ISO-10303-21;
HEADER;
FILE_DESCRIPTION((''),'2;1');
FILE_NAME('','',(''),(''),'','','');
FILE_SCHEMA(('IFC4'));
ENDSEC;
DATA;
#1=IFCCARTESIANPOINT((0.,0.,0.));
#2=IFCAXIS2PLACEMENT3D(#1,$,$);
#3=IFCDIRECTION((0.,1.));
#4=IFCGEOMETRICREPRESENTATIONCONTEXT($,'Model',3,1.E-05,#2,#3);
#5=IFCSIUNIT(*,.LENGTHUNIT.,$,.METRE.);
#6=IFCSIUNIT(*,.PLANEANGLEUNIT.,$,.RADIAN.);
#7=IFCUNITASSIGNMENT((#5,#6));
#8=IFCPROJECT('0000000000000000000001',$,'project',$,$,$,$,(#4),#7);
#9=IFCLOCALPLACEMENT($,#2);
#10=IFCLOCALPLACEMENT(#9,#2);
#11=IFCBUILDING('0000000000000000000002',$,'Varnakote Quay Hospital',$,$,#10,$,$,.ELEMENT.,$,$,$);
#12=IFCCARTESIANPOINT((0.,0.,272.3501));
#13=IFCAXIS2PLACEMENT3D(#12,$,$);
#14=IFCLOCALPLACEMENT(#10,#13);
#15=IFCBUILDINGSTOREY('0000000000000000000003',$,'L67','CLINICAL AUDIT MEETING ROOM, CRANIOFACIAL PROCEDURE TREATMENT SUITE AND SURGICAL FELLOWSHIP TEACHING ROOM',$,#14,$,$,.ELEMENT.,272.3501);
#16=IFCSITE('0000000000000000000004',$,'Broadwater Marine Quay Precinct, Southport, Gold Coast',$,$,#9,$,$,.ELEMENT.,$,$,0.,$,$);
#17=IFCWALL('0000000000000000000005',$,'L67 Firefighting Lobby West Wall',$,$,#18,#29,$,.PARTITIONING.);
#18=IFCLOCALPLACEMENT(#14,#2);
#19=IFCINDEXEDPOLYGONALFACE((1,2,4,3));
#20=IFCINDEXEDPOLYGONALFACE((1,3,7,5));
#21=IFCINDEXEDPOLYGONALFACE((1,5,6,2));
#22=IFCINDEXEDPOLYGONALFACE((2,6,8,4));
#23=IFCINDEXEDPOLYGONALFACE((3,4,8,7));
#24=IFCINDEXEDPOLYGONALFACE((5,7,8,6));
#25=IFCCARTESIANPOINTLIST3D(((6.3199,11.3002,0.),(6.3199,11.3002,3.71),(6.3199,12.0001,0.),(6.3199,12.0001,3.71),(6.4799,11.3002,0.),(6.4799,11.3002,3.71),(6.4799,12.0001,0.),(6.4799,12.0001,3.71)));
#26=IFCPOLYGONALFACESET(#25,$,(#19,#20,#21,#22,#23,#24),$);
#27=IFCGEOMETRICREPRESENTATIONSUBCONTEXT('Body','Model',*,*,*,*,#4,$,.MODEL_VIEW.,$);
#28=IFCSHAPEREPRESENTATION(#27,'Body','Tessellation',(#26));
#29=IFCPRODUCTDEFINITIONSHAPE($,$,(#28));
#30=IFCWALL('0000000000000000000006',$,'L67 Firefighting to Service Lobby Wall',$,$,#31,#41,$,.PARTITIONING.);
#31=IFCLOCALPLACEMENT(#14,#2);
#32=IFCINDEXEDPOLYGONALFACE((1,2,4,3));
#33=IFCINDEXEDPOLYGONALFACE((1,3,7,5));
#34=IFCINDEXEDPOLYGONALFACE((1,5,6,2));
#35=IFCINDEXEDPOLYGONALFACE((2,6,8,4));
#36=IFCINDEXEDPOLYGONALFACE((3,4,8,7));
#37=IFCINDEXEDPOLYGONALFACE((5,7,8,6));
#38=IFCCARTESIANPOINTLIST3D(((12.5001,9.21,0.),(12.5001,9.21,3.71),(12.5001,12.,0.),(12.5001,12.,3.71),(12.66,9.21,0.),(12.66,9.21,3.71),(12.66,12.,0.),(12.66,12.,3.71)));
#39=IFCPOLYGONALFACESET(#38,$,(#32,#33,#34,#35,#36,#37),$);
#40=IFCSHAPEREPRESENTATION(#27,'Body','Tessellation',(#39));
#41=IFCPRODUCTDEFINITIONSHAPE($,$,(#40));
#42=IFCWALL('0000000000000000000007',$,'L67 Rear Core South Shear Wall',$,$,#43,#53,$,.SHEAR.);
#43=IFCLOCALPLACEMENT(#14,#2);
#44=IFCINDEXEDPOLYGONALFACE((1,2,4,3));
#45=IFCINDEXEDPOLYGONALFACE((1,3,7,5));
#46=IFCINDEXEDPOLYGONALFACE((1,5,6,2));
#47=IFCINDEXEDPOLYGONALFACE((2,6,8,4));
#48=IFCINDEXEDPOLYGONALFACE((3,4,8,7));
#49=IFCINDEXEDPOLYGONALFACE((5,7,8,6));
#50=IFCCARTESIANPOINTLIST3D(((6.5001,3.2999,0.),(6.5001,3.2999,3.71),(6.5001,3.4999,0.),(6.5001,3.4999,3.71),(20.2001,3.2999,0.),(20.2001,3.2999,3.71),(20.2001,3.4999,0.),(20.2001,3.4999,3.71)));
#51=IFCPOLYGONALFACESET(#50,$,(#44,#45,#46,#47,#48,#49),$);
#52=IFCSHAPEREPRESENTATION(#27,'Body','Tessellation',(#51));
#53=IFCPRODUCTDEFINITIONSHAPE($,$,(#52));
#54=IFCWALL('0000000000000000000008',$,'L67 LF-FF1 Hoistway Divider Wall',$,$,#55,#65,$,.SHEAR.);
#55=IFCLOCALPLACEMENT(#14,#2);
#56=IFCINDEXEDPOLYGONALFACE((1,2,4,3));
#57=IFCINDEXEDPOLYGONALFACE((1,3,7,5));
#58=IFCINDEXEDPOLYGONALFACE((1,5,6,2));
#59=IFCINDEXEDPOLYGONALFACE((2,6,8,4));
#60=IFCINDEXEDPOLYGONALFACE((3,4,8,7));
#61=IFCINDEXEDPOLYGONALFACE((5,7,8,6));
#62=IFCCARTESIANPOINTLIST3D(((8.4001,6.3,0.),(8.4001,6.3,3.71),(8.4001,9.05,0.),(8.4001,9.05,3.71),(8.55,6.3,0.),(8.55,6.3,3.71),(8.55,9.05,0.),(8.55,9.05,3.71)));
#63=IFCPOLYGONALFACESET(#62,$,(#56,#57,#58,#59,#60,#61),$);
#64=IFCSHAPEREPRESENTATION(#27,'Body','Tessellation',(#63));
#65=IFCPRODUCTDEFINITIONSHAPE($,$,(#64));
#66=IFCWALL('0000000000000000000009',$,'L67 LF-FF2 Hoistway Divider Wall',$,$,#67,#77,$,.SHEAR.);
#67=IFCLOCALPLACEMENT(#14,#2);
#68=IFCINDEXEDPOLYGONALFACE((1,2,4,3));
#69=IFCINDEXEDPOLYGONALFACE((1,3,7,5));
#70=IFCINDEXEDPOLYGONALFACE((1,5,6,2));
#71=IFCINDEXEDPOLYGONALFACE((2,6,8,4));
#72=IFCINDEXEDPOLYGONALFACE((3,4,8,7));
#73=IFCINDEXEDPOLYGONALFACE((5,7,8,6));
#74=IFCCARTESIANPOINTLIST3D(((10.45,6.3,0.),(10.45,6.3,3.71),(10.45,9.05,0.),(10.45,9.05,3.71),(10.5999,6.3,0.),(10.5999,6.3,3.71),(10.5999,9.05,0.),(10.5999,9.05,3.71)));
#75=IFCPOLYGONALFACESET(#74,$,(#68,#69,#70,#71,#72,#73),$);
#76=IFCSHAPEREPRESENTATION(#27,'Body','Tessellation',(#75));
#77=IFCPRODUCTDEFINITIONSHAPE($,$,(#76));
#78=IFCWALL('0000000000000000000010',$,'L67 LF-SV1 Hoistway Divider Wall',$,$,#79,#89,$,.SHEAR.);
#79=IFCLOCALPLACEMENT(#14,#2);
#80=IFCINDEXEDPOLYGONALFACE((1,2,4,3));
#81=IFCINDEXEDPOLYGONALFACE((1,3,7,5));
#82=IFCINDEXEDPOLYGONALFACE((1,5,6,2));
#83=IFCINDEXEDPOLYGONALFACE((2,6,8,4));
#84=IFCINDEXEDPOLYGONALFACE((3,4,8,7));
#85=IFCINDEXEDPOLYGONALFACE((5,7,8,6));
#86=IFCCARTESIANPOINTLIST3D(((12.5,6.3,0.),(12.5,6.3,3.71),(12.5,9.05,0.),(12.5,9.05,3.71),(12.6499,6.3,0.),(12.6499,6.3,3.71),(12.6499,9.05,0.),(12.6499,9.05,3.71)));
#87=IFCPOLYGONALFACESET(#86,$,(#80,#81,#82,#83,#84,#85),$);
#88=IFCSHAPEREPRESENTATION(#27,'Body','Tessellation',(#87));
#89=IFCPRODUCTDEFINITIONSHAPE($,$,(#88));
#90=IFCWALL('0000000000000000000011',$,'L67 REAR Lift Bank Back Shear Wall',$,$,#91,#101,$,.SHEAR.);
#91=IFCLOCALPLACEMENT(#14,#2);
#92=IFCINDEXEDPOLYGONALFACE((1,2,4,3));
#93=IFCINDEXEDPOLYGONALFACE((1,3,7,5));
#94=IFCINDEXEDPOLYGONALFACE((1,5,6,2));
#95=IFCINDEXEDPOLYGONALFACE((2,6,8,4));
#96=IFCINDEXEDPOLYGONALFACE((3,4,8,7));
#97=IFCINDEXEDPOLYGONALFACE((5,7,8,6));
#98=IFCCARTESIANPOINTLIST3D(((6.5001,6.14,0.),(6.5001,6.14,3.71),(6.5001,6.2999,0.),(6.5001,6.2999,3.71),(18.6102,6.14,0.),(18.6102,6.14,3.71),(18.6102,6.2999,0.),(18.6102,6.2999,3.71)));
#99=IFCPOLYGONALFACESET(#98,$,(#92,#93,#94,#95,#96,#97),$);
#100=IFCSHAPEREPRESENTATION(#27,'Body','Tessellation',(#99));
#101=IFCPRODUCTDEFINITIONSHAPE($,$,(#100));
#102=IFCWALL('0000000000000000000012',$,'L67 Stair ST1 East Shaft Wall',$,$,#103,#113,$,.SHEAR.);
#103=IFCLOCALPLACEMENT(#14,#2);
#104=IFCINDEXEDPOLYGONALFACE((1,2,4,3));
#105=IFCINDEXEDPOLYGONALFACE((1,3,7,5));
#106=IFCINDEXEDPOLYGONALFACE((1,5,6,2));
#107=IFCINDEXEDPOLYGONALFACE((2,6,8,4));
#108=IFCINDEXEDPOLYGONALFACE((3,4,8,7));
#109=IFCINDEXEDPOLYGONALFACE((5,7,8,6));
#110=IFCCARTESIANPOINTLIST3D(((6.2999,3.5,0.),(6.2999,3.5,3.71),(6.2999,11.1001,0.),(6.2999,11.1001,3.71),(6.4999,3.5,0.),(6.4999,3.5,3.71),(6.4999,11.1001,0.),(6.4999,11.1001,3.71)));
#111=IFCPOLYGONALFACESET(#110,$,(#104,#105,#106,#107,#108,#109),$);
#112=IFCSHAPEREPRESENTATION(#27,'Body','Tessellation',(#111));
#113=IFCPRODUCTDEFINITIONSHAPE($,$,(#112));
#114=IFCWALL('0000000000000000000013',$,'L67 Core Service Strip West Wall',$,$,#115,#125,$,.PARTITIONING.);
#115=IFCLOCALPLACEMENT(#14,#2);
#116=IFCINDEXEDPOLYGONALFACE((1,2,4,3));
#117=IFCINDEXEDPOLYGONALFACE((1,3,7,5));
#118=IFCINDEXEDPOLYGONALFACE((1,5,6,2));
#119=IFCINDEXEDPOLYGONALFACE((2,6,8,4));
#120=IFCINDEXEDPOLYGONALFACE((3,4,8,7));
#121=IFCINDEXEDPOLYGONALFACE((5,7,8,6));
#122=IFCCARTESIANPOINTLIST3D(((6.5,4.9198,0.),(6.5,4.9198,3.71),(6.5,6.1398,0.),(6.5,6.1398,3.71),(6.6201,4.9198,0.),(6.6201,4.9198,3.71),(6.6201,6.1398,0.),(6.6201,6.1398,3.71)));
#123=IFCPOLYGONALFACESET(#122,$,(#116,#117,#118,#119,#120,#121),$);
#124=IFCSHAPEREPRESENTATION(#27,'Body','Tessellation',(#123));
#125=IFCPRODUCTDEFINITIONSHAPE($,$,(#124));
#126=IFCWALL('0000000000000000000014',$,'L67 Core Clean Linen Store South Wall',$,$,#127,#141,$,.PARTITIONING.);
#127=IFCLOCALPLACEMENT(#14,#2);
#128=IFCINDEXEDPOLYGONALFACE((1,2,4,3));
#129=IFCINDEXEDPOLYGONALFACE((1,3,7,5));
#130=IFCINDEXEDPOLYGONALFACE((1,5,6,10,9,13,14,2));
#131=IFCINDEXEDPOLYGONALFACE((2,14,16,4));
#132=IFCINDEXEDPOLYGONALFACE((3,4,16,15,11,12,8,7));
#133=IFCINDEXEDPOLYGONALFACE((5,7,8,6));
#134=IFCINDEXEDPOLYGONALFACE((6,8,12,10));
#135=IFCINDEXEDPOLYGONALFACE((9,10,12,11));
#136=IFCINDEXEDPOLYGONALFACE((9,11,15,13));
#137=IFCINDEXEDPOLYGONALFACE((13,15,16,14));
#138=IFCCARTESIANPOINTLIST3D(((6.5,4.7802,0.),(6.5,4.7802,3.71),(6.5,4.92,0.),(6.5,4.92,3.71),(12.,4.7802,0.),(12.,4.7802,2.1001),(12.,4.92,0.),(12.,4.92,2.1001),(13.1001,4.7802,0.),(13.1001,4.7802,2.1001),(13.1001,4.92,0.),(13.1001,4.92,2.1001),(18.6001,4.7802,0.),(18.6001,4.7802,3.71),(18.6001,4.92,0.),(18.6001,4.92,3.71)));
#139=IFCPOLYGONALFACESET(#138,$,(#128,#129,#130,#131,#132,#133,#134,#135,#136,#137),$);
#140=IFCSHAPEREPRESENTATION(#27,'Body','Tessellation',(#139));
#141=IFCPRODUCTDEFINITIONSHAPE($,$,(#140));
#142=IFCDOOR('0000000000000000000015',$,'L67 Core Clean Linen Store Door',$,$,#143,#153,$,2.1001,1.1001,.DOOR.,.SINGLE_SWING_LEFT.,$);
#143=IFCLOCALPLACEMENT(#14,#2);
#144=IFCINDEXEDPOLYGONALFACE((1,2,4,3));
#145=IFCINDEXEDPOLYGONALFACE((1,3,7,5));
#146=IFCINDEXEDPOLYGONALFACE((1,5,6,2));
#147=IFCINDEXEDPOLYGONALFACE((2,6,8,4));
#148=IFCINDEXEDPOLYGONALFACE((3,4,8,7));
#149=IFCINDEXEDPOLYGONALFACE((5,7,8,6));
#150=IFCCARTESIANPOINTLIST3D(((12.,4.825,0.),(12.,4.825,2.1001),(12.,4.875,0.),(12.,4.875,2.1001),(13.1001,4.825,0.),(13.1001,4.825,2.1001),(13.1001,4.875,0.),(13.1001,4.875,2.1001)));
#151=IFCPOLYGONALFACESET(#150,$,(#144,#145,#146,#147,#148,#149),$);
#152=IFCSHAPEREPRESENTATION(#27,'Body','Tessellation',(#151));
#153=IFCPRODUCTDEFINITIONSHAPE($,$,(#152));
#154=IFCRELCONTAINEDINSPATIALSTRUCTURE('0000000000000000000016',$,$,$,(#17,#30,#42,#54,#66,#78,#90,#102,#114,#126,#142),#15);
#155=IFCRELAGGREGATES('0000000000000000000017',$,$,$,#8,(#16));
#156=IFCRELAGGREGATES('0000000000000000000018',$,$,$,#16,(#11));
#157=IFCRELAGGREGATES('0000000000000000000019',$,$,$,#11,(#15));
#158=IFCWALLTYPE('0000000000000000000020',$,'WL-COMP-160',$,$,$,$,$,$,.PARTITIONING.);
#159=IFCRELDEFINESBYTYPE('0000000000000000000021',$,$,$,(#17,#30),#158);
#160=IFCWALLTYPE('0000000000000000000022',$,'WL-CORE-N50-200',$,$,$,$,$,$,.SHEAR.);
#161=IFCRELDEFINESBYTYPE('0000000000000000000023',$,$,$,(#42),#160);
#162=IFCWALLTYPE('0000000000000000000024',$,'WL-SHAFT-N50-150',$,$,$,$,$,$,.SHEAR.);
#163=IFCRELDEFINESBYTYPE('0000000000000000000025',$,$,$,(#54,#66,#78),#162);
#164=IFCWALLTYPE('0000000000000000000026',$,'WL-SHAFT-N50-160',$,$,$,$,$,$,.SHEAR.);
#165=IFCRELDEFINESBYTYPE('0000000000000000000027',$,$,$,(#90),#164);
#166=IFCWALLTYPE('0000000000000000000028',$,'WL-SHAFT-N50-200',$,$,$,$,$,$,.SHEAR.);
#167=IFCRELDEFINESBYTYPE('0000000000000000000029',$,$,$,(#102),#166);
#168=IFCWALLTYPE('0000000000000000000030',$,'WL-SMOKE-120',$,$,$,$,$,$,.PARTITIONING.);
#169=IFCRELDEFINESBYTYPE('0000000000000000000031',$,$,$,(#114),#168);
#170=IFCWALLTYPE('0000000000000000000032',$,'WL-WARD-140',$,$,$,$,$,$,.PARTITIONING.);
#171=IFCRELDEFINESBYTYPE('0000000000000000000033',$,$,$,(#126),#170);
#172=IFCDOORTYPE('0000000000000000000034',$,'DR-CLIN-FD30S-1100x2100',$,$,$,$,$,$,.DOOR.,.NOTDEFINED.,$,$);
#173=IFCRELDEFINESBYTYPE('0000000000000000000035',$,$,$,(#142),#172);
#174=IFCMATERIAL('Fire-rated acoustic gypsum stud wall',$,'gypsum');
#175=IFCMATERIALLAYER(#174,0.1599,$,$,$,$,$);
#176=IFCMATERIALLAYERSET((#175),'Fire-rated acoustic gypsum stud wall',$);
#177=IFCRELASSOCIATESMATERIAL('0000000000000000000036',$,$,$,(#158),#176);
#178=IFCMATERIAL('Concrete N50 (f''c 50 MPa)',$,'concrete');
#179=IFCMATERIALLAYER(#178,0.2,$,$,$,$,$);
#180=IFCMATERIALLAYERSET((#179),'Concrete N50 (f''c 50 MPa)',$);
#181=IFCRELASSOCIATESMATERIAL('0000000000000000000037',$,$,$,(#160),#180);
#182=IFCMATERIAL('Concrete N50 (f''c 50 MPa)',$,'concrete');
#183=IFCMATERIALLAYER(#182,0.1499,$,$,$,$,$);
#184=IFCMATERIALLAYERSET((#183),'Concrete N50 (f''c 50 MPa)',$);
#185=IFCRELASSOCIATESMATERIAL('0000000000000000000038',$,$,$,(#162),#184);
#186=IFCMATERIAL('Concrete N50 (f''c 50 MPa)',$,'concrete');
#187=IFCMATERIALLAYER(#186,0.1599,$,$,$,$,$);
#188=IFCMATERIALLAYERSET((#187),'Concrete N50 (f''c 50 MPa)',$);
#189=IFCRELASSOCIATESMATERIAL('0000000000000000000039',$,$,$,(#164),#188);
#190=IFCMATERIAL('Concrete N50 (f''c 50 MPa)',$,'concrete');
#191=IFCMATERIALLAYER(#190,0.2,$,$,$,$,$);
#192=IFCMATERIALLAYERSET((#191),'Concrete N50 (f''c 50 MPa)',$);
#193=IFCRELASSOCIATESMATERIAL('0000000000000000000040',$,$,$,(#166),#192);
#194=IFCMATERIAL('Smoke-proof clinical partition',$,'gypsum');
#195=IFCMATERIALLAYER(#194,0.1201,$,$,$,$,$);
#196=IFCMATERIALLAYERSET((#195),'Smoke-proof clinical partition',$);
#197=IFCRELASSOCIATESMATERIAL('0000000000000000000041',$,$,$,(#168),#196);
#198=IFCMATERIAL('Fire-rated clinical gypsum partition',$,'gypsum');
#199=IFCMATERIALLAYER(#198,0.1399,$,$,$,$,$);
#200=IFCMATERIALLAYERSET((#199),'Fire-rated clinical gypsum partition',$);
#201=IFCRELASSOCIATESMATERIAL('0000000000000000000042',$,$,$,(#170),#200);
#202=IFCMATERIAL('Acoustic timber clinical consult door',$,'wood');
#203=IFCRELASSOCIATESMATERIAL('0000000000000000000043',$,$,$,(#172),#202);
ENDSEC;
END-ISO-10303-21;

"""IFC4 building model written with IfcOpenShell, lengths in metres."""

from ifc_helpers import new_model, si_unit, direction, frame, frame_2d, origin, place, context, subcontext, project, spatial, rectangle, extrude, material, layer, layer_set, type_object, element, fill, save


model = new_model("IFC4")

# Units and contexts
model_context = context("Model", 3, precision=1e-05, world=origin(), true_north=direction((0.0, 1.0)))
body_context = subcontext(model_context, "Body", "Model", "MODEL_VIEW")
ifc_project = project(units=[si_unit("LENGTHUNIT", "METRE"), si_unit("PLANEANGLEUNIT", "RADIAN")], contexts=[model_context])

# Site, building, storey
site_placement = place(None, origin())
site = spatial("IfcSite", under=ifc_project, at=site_placement, Name="Broadwater Marine Quay Precinct, Southport, Gold Coast", CompositionType="ELEMENT", RefElevation=0.0)
building_placement = place(site_placement, origin())
building = spatial("IfcBuilding", under=site, at=building_placement, Name="Varnakote Quay Hospital", CompositionType="ELEMENT")
storey_placement = place(building_placement, frame((0.0, 0.0, 272.3501)))
storey = spatial("IfcBuildingStorey", under=building, at=storey_placement, Name="L67", Description="CLINICAL AUDIT MEETING ROOM, CRANIOFACIAL PROCEDURE TREATMENT SUITE AND SURGICAL FELLOWSHIP TEACHING ROOM", CompositionType="ELEMENT", Elevation=272.3501)

# Walls
ifc_material_1 = material(Name="Fire-rated acoustic gypsum stud wall", Category="gypsum")
ifc_layer_1 = layer(ifc_material_1, 0.1599)
ifc_layer_set_1 = layer_set([ifc_layer_1], Name="Fire-rated acoustic gypsum stud wall")
wall_type_1 = type_object("IfcWallType", Name="WL-COMP-160", PredefinedType="PARTITIONING", material=ifc_layer_set_1)
wall_1_placement = place(storey_placement, frame((6.3999, 11.3, 0.0), z_axis=(0.0, 0.0, 1.0), x_axis=(0.0, 1.0, 0.0)))
element("IfcWall", 1, at=wall_1_placement, inside=storey, type_object=wall_type_1, Name="L67 Firefighting Lobby West Wall", PredefinedType="PARTITIONING", context=body_context, shape_type="SweptSolid", body=[
    extrude(rectangle(XDim=0.7, YDim=0.1599, at=frame_2d((0.3501, 0.0))), origin(), (0.0, 0.0, 1.0), 3.71),
])
wall_2_placement = place(storey_placement, frame((12.5801, 9.21, 0.0), z_axis=(0.0, 0.0, 1.0), x_axis=(0.0, 1.0, 0.0)))
element("IfcWall", 2, at=wall_2_placement, inside=storey, type_object=wall_type_1, Name="L67 Firefighting to Service Lobby Wall", PredefinedType="PARTITIONING", context=body_context, shape_type="SweptSolid", body=[
    extrude(rectangle(XDim=2.79, YDim=0.1599, at=frame_2d((1.395, 0.0))), origin(), (0.0, 0.0, 1.0), 3.71),
])
ifc_material_2 = material(Name="Concrete N50 (f'c 50 MPa)", Category="concrete")
ifc_layer_2 = layer(ifc_material_2, 0.2)
ifc_layer_set_2 = layer_set([ifc_layer_2], Name="Concrete N50 (f'c 50 MPa)")
wall_type_2 = type_object("IfcWallType", Name="WL-CORE-N50-200", PredefinedType="SHEAR", material=ifc_layer_set_2)
wall_3_placement = place(storey_placement, frame((6.5, 3.3999, 0.0), z_axis=(0.0, 0.0, 1.0), x_axis=(1.0, 0.0, 0.0)))
element("IfcWall", 3, at=wall_3_placement, inside=storey, type_object=wall_type_2, Name="L67 Rear Core South Shear Wall", PredefinedType="SHEAR", context=body_context, shape_type="SweptSolid", body=[
    extrude(rectangle(XDim=13.7, YDim=0.2, at=frame_2d((6.8501, 0.0))), origin(), (0.0, 0.0, 1.0), 3.71),
])
ifc_material_3 = material(Name="Concrete N50 (f'c 50 MPa)", Category="concrete")
ifc_layer_3 = layer(ifc_material_3, 0.1499)
ifc_layer_set_3 = layer_set([ifc_layer_3], Name="Concrete N50 (f'c 50 MPa)")
wall_type_3 = type_object("IfcWallType", Name="WL-SHAFT-N50-150", PredefinedType="SHEAR", material=ifc_layer_set_3)
for number, where, z_axis, x_axis, name in (
    (4, (8.4751, 6.3, 0.0), (0.0, 0.0, 1.0), (0.0, 1.0, 0.0), "L67 LF-FF1 Hoistway Divider Wall"),
    (5, (10.5249, 6.3, 0.0), (0.0, 0.0, 1.0), (0.0, 1.0, 0.0), "L67 LF-FF2 Hoistway Divider Wall"),
    (6, (12.575, 6.3, 0.0), (0.0, 0.0, 1.0), (0.0, 1.0, 0.0), "L67 LF-SV1 Hoistway Divider Wall"),
):
    element("IfcWall", number, at=place(storey_placement, frame(where, z_axis=z_axis, x_axis=x_axis)), inside=storey, type_object=wall_type_3, Name=name, PredefinedType="SHEAR", context=body_context, shape_type="SweptSolid", body=[
        extrude(rectangle(XDim=2.75, YDim=0.1499, at=frame_2d((1.375, 0.0))), origin(), (0.0, 0.0, 1.0), 3.71),
    ])
ifc_material_4 = material(Name="Concrete N50 (f'c 50 MPa)", Category="concrete")
ifc_layer_4 = layer(ifc_material_4, 0.1599)
ifc_layer_set_4 = layer_set([ifc_layer_4], Name="Concrete N50 (f'c 50 MPa)")
wall_type_4 = type_object("IfcWallType", Name="WL-SHAFT-N50-160", PredefinedType="SHEAR", material=ifc_layer_set_4)
wall_4_placement = place(storey_placement, frame((6.5, 6.22, 0.0), z_axis=(0.0, 0.0, 1.0), x_axis=(1.0, 0.0, 0.0)))
element("IfcWall", 7, at=wall_4_placement, inside=storey, type_object=wall_type_4, Name="L67 REAR Lift Bank Back Shear Wall", PredefinedType="SHEAR", context=body_context, shape_type="SweptSolid", body=[
    extrude(rectangle(XDim=12.1101, YDim=0.1599, at=frame_2d((6.0552, 0.0))), origin(), (0.0, 0.0, 1.0), 3.71),
])

# Walls
ifc_material_5 = material(Name="Concrete N50 (f'c 50 MPa)", Category="concrete")
ifc_layer_5 = layer(ifc_material_5, 0.2)
ifc_layer_set_5 = layer_set([ifc_layer_5], Name="Concrete N50 (f'c 50 MPa)")
wall_type_5 = type_object("IfcWallType", Name="WL-SHAFT-N50-200", PredefinedType="SHEAR", material=ifc_layer_set_5)
wall_5_placement = place(storey_placement, frame((6.3999, 3.5, 0.0), z_axis=(0.0, 0.0, 1.0), x_axis=(0.0, 1.0, 0.0)))
element("IfcWall", 8, at=wall_5_placement, inside=storey, type_object=wall_type_5, Name="L67 Stair ST1 East Shaft Wall", PredefinedType="SHEAR", context=body_context, shape_type="SweptSolid", body=[
    extrude(rectangle(XDim=7.6001, YDim=0.2, at=frame_2d((3.8, 0.0))), origin(), (0.0, 0.0, 1.0), 3.71),
])
ifc_material_6 = material(Name="Smoke-proof clinical partition", Category="gypsum")
ifc_layer_6 = layer(ifc_material_6, 0.1201)
ifc_layer_set_6 = layer_set([ifc_layer_6], Name="Smoke-proof clinical partition")
wall_type_6 = type_object("IfcWallType", Name="WL-SMOKE-120", PredefinedType="PARTITIONING", material=ifc_layer_set_6)
wall_6_placement = place(storey_placement, frame((6.5601, 4.9199, 0.0), z_axis=(0.0, 0.0, 1.0), x_axis=(0.0, 1.0, 0.0)))
element("IfcWall", 9, at=wall_6_placement, inside=storey, type_object=wall_type_6, Name="L67 Core Service Strip West Wall", PredefinedType="PARTITIONING", context=body_context, shape_type="SweptSolid", body=[
    extrude(rectangle(XDim=1.22, YDim=0.1201, at=frame_2d((0.6099, 0.0))), origin(), (0.0, 0.0, 1.0), 3.71),
])

# Wall, opening, door
ifc_material_7 = material(Name="Fire-rated clinical gypsum partition", Category="gypsum")
ifc_layer_7 = layer(ifc_material_7, 0.1399)
ifc_layer_set_7 = layer_set([ifc_layer_7], Name="Fire-rated clinical gypsum partition")
wall_type_7 = type_object("IfcWallType", Name="WL-WARD-140", PredefinedType="PARTITIONING", material=ifc_layer_set_7)
wall_7_placement = place(storey_placement, frame((6.5, 4.8501, 0.0), z_axis=(0.0, 0.0, 1.0), x_axis=(1.0, 0.0, 0.0)))
wall_7 = element("IfcWall", 10, at=wall_7_placement, inside=storey, type_object=wall_type_7, Name="L67 Core Clean Linen Store South Wall", PredefinedType="PARTITIONING", context=body_context, shape_type="SweptSolid", body=[
    extrude(rectangle(XDim=12.1001, YDim=0.1399, at=frame_2d((6.05, 0.0))), origin(), (0.0, 0.0, 1.0), 3.71),
])
opening_1_placement = place(wall_7_placement, frame((5.5, 0.0, 0.0)))
opening_1 = element("IfcOpeningElement", 11, at=opening_1_placement, cuts=wall_7, PredefinedType="OPENING", context=body_context, shape_type="SweptSolid", body=[
    extrude(rectangle(XDim=1.1001, YDim=2.1001, at=frame_2d((0.55, 1.05))), frame((0.0, 0.0798, 0.0), z_axis=(0.0, -1.0, 0.0), x_axis=(1.0, 0.0, 0.0)), (0.0, 0.0, 1.0), 0.1599),
])
ifc_material_8 = material(Name="Acoustic timber clinical consult door", Category="wood")
door_type_1 = type_object("IfcDoorType", Name="DR-CLIN-FD30S-1100x2100", OperationType="NOTDEFINED", PredefinedType="DOOR", material=ifc_material_8)
door_1_placement = place(opening_1_placement, origin())
door_1 = element("IfcDoor", 12, at=door_1_placement, inside=storey, type_object=door_type_1, Name="L67 Core Clean Linen Store Door", OperationType="SINGLE_SWING_LEFT", OverallHeight=2.1001, OverallWidth=1.1001, PredefinedType="DOOR", context=body_context, shape_type="SweptSolid", body=[
    extrude(rectangle(XDim=1.1001, YDim=2.1001, at=frame_2d((0.55, 1.05))), frame((0.0, 0.0249, 0.0), z_axis=(0.0, -1.0, 0.0), x_axis=(1.0, 0.0, 0.0)), (0.0, 0.0, 1.0), 0.05),
])
fill(opening_1, door_1)

save(model, "model.ifc")
